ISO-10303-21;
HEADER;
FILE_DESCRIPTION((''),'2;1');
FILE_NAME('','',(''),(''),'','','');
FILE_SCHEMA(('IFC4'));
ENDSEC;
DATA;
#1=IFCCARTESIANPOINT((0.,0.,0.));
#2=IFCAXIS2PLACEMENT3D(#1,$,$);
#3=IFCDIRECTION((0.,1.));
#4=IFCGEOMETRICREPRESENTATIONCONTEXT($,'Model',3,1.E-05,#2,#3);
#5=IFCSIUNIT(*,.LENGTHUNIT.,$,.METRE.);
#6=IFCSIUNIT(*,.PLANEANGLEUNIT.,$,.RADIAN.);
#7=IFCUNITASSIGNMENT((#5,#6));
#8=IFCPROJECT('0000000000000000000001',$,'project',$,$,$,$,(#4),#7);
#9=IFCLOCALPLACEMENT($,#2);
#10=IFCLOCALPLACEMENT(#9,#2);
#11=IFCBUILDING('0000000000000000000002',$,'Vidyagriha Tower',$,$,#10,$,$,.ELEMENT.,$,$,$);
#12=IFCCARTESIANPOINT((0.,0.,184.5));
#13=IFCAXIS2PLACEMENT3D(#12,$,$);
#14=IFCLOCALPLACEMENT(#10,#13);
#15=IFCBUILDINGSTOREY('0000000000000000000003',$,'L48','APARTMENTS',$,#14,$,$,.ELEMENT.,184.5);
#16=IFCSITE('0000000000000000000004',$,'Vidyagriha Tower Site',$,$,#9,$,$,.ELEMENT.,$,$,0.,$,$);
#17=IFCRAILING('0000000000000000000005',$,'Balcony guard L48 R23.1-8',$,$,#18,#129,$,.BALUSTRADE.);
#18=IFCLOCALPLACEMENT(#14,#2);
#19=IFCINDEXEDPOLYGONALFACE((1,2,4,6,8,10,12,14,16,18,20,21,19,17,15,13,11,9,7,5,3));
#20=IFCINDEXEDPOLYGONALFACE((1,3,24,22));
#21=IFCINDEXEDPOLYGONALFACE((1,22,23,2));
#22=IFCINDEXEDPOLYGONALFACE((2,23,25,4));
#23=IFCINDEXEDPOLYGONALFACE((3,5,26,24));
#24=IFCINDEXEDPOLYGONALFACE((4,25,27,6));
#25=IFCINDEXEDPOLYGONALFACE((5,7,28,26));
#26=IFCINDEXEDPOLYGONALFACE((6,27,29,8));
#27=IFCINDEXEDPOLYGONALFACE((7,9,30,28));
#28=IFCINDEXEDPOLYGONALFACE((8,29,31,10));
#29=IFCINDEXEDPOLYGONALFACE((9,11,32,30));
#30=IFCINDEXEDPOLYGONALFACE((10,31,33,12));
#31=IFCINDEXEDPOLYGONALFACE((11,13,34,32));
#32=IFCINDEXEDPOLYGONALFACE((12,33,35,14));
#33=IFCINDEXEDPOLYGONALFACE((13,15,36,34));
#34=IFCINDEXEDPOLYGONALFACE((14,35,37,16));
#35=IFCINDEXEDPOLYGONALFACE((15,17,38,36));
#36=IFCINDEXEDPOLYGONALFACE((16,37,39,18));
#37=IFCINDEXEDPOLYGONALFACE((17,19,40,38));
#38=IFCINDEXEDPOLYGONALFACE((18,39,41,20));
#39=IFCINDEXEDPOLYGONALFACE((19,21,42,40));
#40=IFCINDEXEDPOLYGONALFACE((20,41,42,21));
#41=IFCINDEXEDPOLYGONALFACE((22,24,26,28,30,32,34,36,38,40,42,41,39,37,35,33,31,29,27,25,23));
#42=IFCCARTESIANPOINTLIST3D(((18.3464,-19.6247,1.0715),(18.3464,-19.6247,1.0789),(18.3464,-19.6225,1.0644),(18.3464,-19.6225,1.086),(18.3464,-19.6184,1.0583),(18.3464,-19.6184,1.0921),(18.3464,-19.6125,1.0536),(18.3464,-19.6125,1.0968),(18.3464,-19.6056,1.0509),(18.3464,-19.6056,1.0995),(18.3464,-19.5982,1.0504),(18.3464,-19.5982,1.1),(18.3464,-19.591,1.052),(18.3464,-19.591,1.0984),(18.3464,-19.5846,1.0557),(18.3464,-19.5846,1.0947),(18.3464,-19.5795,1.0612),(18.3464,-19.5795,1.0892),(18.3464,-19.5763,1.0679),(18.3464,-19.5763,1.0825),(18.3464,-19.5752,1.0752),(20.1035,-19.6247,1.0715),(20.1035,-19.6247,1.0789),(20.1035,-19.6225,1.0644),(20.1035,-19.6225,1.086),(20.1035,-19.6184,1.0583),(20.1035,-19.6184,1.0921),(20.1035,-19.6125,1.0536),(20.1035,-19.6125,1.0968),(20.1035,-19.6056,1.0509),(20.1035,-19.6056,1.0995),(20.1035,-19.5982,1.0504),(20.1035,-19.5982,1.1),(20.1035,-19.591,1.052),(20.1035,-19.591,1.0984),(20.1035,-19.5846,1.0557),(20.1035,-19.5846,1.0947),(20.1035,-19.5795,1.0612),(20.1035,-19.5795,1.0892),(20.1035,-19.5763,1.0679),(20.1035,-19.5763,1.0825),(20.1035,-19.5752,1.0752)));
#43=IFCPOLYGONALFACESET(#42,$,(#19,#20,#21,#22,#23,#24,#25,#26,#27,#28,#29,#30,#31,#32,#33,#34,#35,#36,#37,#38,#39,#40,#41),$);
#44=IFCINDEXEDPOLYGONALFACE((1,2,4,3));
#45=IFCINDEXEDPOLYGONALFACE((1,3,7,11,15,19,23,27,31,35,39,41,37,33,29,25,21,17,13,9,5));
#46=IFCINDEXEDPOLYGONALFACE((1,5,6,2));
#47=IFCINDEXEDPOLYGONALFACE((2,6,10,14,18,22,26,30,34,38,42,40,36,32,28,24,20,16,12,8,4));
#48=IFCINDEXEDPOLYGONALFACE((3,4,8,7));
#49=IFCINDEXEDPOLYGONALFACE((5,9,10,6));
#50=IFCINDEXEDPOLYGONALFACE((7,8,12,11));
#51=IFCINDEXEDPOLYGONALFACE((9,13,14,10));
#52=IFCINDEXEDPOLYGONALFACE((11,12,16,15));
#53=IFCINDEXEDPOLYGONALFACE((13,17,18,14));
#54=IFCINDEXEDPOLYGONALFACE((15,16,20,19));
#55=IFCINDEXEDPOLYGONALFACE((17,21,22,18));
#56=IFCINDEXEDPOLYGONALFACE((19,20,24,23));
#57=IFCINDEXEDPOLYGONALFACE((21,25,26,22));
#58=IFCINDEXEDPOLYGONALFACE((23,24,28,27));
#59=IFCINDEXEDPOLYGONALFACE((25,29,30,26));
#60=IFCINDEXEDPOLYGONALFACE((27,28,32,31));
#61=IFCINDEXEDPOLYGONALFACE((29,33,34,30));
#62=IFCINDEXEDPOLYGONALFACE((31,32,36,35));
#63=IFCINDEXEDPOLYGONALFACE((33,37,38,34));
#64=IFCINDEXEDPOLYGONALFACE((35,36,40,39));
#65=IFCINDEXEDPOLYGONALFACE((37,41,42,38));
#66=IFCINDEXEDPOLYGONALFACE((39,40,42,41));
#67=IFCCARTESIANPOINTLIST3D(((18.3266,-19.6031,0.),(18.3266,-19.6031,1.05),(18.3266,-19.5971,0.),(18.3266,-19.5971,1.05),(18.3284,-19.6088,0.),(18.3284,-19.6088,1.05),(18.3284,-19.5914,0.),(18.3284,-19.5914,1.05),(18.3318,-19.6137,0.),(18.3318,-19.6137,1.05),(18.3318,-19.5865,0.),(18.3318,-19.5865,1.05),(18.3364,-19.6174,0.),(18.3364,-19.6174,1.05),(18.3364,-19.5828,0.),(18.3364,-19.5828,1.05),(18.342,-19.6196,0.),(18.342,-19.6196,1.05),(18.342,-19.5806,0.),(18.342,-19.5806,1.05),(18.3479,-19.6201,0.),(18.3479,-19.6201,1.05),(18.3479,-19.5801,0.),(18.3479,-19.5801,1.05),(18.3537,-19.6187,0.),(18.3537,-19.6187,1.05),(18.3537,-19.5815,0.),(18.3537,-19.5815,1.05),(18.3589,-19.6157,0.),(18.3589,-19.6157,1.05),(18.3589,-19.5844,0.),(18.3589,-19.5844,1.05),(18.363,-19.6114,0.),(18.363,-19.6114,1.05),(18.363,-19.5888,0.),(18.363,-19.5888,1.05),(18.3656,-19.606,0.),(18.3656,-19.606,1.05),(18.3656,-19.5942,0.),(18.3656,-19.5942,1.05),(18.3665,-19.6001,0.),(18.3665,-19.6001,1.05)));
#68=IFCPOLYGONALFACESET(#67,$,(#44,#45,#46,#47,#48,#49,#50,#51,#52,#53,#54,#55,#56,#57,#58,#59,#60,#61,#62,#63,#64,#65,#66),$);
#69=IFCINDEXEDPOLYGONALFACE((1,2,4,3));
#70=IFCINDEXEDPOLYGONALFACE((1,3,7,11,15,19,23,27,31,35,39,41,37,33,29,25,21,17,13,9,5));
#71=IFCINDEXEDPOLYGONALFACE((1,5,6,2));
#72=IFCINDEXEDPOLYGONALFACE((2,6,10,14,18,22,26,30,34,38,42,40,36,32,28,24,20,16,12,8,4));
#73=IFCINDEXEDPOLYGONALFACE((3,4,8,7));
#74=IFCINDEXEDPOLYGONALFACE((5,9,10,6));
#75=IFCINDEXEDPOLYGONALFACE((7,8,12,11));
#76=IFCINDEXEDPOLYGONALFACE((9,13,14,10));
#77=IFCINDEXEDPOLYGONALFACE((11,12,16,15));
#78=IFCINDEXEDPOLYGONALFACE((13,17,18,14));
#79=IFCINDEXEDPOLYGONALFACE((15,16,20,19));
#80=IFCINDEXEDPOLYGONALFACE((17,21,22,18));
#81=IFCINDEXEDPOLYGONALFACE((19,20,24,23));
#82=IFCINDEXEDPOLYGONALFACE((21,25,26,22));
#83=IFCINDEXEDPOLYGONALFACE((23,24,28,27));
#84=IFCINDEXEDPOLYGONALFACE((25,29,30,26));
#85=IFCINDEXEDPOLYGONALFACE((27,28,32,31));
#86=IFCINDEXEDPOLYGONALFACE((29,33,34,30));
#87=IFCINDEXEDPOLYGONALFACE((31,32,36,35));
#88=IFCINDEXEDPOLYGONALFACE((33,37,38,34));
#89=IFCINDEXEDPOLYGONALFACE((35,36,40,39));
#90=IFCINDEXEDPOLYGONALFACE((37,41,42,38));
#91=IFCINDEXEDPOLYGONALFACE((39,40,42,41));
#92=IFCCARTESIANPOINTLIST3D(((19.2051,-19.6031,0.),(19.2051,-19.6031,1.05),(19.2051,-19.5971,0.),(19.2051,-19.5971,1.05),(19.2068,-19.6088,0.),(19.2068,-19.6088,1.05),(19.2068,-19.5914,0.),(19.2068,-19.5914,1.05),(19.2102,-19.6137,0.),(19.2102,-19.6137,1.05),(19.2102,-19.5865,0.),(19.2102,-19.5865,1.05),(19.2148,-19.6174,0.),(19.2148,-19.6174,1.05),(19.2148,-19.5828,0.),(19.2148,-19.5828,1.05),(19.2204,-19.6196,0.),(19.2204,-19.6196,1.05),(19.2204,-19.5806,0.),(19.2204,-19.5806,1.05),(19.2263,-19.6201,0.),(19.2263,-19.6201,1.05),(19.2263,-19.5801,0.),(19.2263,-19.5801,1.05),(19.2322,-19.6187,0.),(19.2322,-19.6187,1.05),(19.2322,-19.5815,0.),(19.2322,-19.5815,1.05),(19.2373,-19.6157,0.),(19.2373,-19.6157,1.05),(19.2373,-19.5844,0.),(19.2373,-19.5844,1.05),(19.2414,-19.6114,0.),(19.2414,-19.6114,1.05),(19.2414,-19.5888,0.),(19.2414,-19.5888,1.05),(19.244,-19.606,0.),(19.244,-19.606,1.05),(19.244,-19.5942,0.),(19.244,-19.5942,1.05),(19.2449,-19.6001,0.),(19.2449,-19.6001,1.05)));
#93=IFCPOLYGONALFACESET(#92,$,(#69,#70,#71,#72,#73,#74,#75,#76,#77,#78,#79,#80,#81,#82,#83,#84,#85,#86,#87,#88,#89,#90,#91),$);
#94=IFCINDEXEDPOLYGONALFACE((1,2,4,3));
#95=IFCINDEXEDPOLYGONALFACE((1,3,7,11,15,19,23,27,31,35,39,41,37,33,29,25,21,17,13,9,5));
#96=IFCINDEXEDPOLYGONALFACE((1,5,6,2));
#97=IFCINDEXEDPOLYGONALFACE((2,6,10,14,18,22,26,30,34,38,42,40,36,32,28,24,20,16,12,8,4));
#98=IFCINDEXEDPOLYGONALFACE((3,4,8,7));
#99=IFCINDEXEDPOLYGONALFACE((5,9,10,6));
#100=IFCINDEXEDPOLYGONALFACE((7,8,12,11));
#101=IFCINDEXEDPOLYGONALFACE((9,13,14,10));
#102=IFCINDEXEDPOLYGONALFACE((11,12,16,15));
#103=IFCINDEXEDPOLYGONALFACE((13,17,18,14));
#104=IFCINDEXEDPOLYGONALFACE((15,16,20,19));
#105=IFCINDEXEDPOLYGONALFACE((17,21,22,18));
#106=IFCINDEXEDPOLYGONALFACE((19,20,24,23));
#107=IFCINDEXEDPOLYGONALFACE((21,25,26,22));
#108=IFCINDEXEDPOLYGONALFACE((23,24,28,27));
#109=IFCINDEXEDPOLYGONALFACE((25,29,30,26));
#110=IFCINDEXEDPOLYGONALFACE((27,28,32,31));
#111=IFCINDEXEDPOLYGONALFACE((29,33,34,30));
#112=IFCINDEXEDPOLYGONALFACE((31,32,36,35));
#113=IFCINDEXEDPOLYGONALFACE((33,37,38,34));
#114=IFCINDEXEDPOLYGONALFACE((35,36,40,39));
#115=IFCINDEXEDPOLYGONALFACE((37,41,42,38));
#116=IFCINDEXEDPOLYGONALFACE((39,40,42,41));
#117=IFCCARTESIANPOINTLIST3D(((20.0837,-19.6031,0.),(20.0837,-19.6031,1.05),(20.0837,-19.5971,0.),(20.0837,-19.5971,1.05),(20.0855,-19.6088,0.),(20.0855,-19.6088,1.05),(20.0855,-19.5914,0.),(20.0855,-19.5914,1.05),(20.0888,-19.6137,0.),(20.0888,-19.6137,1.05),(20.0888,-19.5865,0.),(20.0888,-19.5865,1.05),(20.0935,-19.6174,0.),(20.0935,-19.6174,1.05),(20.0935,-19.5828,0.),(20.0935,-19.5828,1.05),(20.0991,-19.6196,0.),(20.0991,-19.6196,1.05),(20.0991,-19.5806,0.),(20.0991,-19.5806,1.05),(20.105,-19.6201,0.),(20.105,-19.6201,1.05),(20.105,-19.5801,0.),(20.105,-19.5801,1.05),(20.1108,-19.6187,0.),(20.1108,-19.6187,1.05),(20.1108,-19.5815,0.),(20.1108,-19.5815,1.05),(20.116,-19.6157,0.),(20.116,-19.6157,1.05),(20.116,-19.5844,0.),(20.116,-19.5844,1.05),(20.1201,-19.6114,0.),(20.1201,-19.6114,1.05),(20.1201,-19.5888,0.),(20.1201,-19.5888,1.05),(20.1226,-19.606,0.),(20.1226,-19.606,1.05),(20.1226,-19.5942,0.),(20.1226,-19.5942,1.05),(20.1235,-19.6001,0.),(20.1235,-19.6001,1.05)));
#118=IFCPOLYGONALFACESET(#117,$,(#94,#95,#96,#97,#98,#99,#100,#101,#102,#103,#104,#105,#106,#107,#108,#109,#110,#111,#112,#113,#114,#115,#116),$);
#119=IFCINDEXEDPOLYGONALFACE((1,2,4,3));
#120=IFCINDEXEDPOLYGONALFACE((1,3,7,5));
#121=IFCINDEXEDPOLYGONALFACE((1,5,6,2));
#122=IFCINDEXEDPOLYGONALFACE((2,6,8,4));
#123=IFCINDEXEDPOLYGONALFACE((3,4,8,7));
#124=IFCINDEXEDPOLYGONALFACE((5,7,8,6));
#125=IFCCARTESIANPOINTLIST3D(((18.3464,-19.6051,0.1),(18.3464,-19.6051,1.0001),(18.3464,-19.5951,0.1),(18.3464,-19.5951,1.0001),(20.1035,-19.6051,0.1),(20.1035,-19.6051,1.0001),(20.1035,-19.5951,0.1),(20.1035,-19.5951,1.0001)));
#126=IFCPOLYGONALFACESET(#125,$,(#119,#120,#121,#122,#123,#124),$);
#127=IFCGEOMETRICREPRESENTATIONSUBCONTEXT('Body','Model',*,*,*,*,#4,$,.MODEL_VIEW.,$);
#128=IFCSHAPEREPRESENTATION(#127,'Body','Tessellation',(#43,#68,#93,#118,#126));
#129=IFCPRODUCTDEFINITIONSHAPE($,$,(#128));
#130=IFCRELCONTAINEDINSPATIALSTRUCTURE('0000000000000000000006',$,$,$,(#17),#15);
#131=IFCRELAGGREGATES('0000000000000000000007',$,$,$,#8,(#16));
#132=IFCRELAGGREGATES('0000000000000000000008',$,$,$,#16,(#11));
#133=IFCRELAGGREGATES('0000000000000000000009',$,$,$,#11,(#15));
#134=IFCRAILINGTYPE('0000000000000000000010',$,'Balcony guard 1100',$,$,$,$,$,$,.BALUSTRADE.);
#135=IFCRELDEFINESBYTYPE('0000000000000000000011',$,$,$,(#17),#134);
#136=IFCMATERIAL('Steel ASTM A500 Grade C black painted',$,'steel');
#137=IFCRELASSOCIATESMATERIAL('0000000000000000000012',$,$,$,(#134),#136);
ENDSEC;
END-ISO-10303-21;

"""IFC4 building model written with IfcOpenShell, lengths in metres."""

from ifc_helpers import new_model, si_unit, direction, frame, origin, origin_2d, place, context, subcontext, project, spatial, rectangle, circle, extrude, material, type_object, element, save


model = new_model("IFC4")

# Units and contexts
model_context = context("Model", 3, precision=1e-05, world=origin(), true_north=direction((0.0, 1.0)))
body_context = subcontext(model_context, "Body", "Model", "MODEL_VIEW")
ifc_project = project(units=[si_unit("LENGTHUNIT", "METRE"), si_unit("PLANEANGLEUNIT", "RADIAN")], contexts=[model_context])

# Site, building, storey
site_placement = place(None, origin())
site = spatial("IfcSite", under=ifc_project, at=site_placement, Name="Vidyagriha Tower Site", CompositionType="ELEMENT", RefElevation=0.0)
building_placement = place(site_placement, origin())
building = spatial("IfcBuilding", under=site, at=building_placement, Name="Vidyagriha Tower", CompositionType="ELEMENT")
storey_placement = place(building_placement, frame((0.0, 0.0, 184.5)))
storey = spatial("IfcBuildingStorey", under=building, at=storey_placement, Name="L48", Description="APARTMENTS", CompositionType="ELEMENT", Elevation=184.5)

# Railing
ifc_material_1 = material(Name="Steel ASTM A500 Grade C black painted", Category="steel")
railing_type = type_object("IfcRailingType", Name="Balcony guard 1100", PredefinedType="BALUSTRADE", material=ifc_material_1)
railing_1_placement = place(storey_placement, frame((18.3464, -19.6001, 0.0)))
element("IfcRailing", 1, at=railing_1_placement, inside=storey, type_object=railing_type, Name="Balcony guard L48 R23.1-8", PredefinedType="BALUSTRADE", context=body_context, shape_type="SweptSolid", body=[
    extrude(circle(Radius=0.0249, at=origin_2d()), frame((0.0, 0.0, 1.0752), z_axis=(1.0, 0.0, 0.0), x_axis=(0.0, 1.0, 0.0)), (0.0, 0.0, 1.0), 1.7571),
    extrude(circle(Radius=0.02, at=origin_2d()), origin(), (0.0, 0.0, 1.0), 1.05),
    extrude(circle(Radius=0.02, at=origin_2d()), frame((0.8784, 0.0, 0.0)), (0.0, 0.0, 1.0), 1.05),
    extrude(circle(Radius=0.02, at=origin_2d()), frame((1.7571, 0.0, 0.0)), (0.0, 0.0, 1.0), 1.05),
    extrude(rectangle(XDim=0.01, YDim=0.9001, at=origin_2d()), frame((0.0, 0.0, 0.55), z_axis=(1.0, 0.0, 0.0), x_axis=(0.0, 1.0, 0.0)), (0.0, 0.0, 1.0), 1.7571),
])

save(model, "model.ifc")
